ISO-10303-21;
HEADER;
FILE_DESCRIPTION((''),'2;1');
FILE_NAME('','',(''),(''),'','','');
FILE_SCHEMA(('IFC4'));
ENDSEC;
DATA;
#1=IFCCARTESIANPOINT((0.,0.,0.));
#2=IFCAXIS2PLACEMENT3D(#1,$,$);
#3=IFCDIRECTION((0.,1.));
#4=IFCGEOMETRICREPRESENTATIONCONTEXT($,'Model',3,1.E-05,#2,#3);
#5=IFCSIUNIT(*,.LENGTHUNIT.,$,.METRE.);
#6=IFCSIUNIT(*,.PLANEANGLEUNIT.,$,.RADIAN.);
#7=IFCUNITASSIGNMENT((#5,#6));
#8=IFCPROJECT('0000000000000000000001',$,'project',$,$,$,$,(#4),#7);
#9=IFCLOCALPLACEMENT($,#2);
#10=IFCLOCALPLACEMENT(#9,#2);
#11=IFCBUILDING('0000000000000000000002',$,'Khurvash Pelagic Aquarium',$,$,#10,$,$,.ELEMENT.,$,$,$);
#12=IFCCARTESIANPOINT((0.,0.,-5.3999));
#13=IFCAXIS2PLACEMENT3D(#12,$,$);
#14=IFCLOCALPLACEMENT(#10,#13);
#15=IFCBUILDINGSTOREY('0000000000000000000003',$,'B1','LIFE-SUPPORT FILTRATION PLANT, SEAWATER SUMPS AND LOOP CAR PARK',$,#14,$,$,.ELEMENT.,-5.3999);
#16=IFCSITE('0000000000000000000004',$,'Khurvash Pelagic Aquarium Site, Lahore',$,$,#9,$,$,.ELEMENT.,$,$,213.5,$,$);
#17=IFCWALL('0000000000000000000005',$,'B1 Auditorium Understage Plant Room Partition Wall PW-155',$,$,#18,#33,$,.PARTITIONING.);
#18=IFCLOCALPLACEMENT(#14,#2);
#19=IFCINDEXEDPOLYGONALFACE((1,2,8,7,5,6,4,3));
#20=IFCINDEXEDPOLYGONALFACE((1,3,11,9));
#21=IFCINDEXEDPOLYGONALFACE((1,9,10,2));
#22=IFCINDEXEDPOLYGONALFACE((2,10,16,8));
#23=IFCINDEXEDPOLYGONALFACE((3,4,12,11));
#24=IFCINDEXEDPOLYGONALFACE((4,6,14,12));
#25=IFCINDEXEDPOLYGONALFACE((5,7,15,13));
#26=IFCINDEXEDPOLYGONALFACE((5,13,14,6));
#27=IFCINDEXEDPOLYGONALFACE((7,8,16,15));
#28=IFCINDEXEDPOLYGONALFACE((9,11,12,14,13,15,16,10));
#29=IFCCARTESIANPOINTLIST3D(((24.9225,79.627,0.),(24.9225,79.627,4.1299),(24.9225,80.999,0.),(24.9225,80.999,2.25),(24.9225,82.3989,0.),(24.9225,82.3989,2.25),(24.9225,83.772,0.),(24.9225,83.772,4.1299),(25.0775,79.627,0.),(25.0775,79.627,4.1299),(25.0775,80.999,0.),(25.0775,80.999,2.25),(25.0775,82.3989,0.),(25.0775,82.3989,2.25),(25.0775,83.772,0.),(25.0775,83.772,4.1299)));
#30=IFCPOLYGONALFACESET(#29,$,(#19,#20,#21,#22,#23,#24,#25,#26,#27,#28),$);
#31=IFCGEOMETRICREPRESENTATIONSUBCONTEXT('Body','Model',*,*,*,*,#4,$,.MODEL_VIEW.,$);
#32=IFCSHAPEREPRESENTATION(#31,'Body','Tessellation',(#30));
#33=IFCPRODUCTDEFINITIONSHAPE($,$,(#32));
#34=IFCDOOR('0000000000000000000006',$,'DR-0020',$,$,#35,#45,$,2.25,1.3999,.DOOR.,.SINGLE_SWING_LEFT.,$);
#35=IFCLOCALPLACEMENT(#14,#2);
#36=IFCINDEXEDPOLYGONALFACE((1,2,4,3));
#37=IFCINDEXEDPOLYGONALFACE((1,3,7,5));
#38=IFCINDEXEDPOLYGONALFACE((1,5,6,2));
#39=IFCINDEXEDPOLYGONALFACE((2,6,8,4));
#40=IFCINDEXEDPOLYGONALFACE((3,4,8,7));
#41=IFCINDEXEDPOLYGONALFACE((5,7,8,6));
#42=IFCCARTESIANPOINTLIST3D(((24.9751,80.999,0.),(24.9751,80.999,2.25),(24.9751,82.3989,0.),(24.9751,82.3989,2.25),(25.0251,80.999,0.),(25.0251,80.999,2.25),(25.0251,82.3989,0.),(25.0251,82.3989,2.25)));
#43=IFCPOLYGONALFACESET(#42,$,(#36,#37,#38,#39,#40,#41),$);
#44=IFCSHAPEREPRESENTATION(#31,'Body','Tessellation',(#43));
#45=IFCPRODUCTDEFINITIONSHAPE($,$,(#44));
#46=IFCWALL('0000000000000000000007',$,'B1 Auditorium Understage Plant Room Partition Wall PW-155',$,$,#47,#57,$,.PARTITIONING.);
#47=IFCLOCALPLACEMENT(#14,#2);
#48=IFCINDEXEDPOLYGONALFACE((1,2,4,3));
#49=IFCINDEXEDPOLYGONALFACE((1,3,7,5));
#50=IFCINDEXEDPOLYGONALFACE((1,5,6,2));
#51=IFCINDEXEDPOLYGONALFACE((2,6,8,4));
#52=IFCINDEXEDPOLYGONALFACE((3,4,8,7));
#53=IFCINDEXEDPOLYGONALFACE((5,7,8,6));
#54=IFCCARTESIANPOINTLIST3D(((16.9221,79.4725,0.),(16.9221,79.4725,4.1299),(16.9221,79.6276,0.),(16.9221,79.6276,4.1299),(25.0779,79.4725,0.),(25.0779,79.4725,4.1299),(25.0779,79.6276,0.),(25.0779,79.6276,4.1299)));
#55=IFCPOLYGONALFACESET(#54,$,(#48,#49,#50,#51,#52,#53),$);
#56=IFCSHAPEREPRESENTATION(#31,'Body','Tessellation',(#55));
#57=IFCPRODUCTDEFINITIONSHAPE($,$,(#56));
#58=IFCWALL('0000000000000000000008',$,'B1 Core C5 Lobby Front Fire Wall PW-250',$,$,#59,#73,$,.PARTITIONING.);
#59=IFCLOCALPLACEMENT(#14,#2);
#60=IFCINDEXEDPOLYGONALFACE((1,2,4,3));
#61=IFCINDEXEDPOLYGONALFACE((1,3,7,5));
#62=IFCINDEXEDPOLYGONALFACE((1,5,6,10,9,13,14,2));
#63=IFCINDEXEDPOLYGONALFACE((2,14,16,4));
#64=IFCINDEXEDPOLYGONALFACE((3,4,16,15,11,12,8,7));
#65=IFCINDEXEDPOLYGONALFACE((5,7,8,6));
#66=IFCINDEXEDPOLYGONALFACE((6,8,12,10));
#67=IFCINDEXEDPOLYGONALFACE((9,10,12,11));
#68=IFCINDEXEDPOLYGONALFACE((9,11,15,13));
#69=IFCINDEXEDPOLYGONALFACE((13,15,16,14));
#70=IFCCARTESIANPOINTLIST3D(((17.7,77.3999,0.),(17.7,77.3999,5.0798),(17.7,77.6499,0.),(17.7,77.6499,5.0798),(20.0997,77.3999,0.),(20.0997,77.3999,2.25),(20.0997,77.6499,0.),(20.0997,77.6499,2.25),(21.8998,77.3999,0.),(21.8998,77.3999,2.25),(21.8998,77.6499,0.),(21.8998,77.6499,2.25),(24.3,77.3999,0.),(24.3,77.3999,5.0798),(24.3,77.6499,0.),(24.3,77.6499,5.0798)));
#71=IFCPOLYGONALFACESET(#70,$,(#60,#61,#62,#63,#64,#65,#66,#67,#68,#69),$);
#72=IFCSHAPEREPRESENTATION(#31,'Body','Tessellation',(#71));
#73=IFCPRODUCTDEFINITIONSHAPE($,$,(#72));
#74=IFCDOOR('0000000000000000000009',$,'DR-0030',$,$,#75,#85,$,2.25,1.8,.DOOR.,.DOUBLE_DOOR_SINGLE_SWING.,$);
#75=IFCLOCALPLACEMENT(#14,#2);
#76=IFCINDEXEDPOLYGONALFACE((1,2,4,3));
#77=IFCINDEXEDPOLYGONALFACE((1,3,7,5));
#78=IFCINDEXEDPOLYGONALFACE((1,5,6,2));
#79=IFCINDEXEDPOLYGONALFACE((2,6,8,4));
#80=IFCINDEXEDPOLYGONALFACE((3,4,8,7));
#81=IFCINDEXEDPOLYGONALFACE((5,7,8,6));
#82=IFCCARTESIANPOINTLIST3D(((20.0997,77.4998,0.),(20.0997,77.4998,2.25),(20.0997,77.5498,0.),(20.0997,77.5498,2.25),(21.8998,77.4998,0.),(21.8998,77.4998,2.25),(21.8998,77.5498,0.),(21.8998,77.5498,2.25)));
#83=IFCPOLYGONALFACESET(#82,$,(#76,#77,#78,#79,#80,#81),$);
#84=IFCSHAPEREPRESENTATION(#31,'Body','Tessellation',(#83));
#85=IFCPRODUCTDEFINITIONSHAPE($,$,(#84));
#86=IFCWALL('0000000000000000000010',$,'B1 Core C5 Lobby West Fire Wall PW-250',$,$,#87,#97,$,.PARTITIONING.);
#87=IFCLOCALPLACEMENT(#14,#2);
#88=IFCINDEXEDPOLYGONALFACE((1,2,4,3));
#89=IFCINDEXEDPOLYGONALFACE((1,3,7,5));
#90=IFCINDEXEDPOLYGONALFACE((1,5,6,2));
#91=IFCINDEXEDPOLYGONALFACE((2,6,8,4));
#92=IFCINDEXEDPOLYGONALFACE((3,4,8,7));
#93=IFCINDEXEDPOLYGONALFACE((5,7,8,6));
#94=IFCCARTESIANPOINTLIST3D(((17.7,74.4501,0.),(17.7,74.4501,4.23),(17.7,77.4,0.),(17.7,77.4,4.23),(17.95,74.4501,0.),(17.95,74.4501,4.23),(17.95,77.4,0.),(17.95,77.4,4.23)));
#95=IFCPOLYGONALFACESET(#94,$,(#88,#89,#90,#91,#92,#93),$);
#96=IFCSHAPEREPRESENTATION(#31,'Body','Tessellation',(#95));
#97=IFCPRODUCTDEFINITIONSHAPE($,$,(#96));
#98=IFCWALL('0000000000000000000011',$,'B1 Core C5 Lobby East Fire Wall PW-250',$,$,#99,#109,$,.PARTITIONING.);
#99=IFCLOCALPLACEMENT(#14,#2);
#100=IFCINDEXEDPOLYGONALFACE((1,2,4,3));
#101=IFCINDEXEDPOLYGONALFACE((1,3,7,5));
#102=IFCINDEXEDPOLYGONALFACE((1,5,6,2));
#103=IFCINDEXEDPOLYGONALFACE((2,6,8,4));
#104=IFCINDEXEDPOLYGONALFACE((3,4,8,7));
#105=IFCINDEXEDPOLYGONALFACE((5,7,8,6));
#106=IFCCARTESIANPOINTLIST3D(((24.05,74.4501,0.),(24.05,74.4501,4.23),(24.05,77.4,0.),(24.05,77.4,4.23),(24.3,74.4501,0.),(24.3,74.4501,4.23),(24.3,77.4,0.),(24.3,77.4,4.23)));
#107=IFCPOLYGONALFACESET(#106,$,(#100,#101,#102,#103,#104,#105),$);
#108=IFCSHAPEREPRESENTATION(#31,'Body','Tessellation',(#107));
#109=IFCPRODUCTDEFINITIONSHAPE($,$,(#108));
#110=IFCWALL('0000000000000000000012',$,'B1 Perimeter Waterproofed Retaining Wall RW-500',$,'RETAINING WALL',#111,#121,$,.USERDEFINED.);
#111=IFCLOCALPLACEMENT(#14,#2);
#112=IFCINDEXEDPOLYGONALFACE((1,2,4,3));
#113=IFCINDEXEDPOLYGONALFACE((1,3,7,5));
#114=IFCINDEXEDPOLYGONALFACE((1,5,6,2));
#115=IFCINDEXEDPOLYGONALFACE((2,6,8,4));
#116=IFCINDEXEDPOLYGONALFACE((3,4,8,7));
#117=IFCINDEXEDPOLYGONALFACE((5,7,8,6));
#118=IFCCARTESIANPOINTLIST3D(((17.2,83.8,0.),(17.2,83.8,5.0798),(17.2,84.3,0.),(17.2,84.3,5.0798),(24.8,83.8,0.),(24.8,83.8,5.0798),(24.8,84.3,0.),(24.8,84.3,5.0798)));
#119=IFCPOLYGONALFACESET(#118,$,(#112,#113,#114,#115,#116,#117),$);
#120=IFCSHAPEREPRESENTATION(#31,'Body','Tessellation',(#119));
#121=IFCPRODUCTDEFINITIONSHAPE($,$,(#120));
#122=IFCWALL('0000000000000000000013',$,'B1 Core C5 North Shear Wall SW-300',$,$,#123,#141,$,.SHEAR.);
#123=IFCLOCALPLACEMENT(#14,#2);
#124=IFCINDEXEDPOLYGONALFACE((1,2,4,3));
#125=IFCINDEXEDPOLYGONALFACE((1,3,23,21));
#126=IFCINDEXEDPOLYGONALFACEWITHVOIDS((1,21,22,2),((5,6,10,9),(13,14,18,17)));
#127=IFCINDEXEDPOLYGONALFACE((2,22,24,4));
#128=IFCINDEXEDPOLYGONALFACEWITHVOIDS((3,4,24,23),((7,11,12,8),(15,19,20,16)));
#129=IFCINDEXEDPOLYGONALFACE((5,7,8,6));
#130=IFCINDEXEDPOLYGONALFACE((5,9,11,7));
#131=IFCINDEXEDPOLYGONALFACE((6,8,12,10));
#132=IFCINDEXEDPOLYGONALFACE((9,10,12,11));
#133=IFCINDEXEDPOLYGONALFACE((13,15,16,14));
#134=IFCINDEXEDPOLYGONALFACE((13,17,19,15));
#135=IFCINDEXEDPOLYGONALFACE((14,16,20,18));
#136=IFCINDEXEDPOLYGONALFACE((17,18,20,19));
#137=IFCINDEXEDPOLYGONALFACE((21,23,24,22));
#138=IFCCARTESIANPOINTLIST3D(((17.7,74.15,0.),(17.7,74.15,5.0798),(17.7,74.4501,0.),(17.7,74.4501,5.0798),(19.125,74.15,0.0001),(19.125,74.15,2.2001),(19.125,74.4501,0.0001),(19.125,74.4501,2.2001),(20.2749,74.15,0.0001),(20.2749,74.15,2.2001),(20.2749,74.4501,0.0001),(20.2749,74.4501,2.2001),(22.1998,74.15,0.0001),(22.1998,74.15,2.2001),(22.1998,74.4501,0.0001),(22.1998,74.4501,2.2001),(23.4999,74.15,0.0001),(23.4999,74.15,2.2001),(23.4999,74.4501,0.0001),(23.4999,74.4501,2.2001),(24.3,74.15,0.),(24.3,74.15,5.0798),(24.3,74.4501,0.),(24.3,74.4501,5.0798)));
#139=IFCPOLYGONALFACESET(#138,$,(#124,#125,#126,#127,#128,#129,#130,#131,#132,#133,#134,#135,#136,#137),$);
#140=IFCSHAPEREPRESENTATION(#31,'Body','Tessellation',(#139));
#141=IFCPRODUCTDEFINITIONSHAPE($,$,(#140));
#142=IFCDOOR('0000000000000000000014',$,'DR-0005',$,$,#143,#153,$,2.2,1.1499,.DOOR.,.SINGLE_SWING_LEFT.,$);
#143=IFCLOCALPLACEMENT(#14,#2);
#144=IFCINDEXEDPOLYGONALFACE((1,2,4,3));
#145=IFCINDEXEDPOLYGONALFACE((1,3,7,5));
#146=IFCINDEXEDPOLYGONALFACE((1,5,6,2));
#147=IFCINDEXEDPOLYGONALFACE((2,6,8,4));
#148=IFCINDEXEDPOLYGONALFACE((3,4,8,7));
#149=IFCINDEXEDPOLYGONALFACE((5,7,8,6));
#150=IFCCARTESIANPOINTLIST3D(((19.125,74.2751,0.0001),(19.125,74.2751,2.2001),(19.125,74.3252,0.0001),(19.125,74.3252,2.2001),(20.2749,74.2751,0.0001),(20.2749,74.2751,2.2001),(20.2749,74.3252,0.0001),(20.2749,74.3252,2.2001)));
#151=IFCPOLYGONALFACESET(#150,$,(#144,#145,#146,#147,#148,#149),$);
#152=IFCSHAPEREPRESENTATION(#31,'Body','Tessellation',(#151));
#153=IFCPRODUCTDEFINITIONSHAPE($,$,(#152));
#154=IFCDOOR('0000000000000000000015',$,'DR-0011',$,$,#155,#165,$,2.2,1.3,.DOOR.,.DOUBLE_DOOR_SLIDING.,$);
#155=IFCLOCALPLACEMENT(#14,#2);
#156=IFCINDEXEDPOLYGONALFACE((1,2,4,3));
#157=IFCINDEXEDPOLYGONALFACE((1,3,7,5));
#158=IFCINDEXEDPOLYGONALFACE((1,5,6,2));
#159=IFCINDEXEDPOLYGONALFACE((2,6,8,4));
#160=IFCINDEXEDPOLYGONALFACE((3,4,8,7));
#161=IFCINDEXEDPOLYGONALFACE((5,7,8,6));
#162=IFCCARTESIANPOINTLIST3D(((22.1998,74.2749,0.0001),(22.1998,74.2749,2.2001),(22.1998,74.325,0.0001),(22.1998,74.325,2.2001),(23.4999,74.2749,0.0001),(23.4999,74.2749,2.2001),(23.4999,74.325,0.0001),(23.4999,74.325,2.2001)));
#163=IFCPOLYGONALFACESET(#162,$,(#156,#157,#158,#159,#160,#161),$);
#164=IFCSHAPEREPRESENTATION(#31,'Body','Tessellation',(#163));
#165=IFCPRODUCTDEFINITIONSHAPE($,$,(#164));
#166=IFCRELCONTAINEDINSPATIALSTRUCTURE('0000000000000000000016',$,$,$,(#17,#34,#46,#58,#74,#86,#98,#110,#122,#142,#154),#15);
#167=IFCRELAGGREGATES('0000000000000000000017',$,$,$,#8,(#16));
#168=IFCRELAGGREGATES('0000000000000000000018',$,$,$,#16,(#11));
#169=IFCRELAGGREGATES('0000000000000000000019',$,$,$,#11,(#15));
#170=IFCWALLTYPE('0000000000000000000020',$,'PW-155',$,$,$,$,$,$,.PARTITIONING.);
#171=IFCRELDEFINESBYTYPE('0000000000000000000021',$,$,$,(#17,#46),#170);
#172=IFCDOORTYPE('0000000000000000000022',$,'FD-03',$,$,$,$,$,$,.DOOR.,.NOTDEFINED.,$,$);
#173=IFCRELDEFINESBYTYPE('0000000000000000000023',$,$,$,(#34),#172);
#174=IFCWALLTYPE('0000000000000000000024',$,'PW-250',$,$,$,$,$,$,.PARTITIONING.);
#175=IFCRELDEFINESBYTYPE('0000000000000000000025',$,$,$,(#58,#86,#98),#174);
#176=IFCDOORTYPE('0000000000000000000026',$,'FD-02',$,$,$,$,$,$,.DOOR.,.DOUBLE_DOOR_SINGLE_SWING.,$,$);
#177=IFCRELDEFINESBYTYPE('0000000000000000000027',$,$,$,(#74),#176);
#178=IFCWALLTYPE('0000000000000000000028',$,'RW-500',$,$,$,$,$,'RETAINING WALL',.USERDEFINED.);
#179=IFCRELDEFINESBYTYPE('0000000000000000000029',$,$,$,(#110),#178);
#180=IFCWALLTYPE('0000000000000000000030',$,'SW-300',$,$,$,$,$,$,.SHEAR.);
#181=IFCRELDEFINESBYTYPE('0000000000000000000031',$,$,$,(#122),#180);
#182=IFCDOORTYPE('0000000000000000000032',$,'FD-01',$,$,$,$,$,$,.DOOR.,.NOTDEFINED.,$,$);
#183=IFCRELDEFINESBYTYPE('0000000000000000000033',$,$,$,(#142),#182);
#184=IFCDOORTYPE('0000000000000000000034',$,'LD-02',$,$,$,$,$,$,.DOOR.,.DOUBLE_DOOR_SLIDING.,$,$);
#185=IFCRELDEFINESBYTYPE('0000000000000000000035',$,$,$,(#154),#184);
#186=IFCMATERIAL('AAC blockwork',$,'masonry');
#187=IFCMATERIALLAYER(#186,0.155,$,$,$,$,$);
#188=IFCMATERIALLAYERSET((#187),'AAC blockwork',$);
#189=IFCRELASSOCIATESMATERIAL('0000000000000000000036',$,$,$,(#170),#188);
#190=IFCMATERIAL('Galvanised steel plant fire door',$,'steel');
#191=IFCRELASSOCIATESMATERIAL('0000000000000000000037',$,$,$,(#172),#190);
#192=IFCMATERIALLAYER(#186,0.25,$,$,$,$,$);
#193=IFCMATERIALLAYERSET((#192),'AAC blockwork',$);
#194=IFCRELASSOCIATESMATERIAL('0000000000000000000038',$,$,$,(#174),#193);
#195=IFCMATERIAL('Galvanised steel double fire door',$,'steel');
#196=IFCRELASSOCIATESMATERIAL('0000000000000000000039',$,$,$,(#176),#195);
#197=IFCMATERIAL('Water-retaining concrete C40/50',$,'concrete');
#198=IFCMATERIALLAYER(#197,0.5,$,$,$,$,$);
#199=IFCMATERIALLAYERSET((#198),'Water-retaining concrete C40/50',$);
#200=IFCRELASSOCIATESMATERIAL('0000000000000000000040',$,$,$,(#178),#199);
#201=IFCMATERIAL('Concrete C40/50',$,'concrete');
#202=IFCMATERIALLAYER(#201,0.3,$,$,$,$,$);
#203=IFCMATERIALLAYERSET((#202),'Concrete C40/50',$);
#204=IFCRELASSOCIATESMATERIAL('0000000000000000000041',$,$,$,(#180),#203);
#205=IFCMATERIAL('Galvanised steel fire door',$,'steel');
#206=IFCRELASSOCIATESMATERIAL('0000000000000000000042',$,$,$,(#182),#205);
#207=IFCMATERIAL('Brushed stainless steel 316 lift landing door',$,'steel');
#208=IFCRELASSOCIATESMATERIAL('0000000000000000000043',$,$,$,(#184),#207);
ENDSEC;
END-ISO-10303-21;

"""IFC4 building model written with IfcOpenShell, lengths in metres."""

from ifc_helpers import new_model, si_unit, direction, frame, frame_2d, origin, place, context, subcontext, project, spatial, rectangle, extrude, material, layer, layer_set, type_object, element, fill, save


model = new_model("IFC4")

# Units and contexts
model_context = context("Model", 3, precision=1e-05, world=origin(), true_north=direction((0.0, 1.0)))
body_context = subcontext(model_context, "Body", "Model", "MODEL_VIEW")
ifc_project = project(units=[si_unit("LENGTHUNIT", "METRE"), si_unit("PLANEANGLEUNIT", "RADIAN")], contexts=[model_context])

# Site, building, storey
site_placement = place(None, origin())
site = spatial("IfcSite", under=ifc_project, at=site_placement, Name="Khurvash Pelagic Aquarium Site, Lahore", CompositionType="ELEMENT", RefElevation=213.5)
building_placement = place(site_placement, origin())
building = spatial("IfcBuilding", under=site, at=building_placement, Name="Khurvash Pelagic Aquarium", CompositionType="ELEMENT")
storey_placement = place(building_placement, frame((0.0, 0.0, -5.3999)))
storey = spatial("IfcBuildingStorey", under=building, at=storey_placement, Name="B1", Description="LIFE-SUPPORT FILTRATION PLANT, SEAWATER SUMPS AND LOOP CAR PARK", CompositionType="ELEMENT", Elevation=-5.3999)

# Shared definitions
ifc_material_1 = material(Name="Concrete C40/50", Category="concrete")

# Wall, opening, door
ifc_material_2 = material(Name="AAC blockwork", Category="masonry")
ifc_layer_1 = layer(ifc_material_2, 0.155)
ifc_layer_set_1 = layer_set([ifc_layer_1], Name="AAC blockwork")
wall_type_1 = type_object("IfcWallType", Name="PW-155", PredefinedType="PARTITIONING", material=ifc_layer_set_1)
wall_1_placement = place(storey_placement, frame((25.0, 79.627, 0.0), z_axis=(0.0, 0.0, 1.0), x_axis=(0.0, 1.0, 0.0)))
wall_1 = element("IfcWall", 1, at=wall_1_placement, inside=storey, type_object=wall_type_1, Name="B1 Auditorium Understage Plant Room Partition Wall PW-155", PredefinedType="PARTITIONING", context=body_context, shape_type="SweptSolid", body=[
    extrude(rectangle(XDim=4.145, YDim=0.155, at=frame_2d((2.0725, 0.0))), origin(), (0.0, 0.0, 1.0), 4.1299),
])
opening_1_placement = place(wall_1_placement, frame((1.3721, 0.0, 0.0)))
opening_1 = element("IfcOpeningElement", 2, at=opening_1_placement, cuts=wall_1, PredefinedType="OPENING", context=body_context, shape_type="SweptSolid", body=[
    extrude(rectangle(XDim=1.3999, YDim=2.25, at=frame_2d((0.7, 1.125))), frame((0.0, 0.0874, 0.0), z_axis=(0.0, -1.0, 0.0), x_axis=(1.0, 0.0, 0.0)), (0.0, 0.0, 1.0), 0.175),
])
ifc_material_3 = material(Name="Galvanised steel plant fire door", Category="steel")
door_type_1 = type_object("IfcDoorType", Name="FD-03", OperationType="NOTDEFINED", PredefinedType="DOOR", material=ifc_material_3)
door_1_placement = place(opening_1_placement, origin())
door_1 = element("IfcDoor", 3, at=door_1_placement, inside=storey, type_object=door_type_1, Name="DR-0020", OperationType="SINGLE_SWING_LEFT", OverallHeight=2.25, OverallWidth=1.3999, PredefinedType="DOOR", context=body_context, shape_type="SweptSolid", body=[
    extrude(rectangle(XDim=1.3999, YDim=2.25, at=frame_2d((0.7, 1.125))), frame((0.0, 0.0249, 0.0), z_axis=(0.0, -1.0, 0.0), x_axis=(1.0, 0.0, 0.0)), (0.0, 0.0, 1.0), 0.05),
])
fill(opening_1, door_1)

# Wall
wall_2_placement = place(storey_placement, frame((16.9221, 79.55, 0.0), z_axis=(0.0, 0.0, 1.0), x_axis=(1.0, 0.0, 0.0)))
element("IfcWall", 4, at=wall_2_placement, inside=storey, type_object=wall_type_1, Name="B1 Auditorium Understage Plant Room Partition Wall PW-155", PredefinedType="PARTITIONING", context=body_context, shape_type="SweptSolid", body=[
    extrude(rectangle(XDim=8.1558, YDim=0.155, at=frame_2d((4.0779, 0.0))), origin(), (0.0, 0.0, 1.0), 4.1299),
])

# Wall, opening, door
ifc_layer_2 = layer(ifc_material_2, 0.25)
ifc_layer_set_2 = layer_set([ifc_layer_2], Name="AAC blockwork")
wall_type_2 = type_object("IfcWallType", Name="PW-250", PredefinedType="PARTITIONING", material=ifc_layer_set_2)
wall_3_placement = place(storey_placement, frame((17.7, 77.5249, 0.0), z_axis=(0.0, 0.0, 1.0), x_axis=(1.0, 0.0, 0.0)))
wall_3 = element("IfcWall", 5, at=wall_3_placement, inside=storey, type_object=wall_type_2, Name="B1 Core C5 Lobby Front Fire Wall PW-250", PredefinedType="PARTITIONING", context=body_context, shape_type="SweptSolid", body=[
    extrude(rectangle(XDim=6.6001, YDim=0.25, at=frame_2d((3.3, 0.0))), origin(), (0.0, 0.0, 1.0), 5.0798),
])
opening_2_placement = place(wall_3_placement, frame((2.3999, 0.0, 0.0)))
opening_2 = element("IfcOpeningElement", 6, at=opening_2_placement, cuts=wall_3, PredefinedType="OPENING", context=body_context, shape_type="SweptSolid", body=[
    extrude(rectangle(XDim=1.8, YDim=2.25, at=frame_2d((0.8999, 1.125))), frame((0.0, 0.135, 0.0), z_axis=(0.0, -1.0, 0.0), x_axis=(1.0, 0.0, 0.0)), (0.0, 0.0, 1.0), 0.27),
])
ifc_material_4 = material(Name="Galvanised steel double fire door", Category="steel")
door_type_2 = type_object("IfcDoorType", Name="FD-02", OperationType="DOUBLE_DOOR_SINGLE_SWING", PredefinedType="DOOR", material=ifc_material_4)
door_2_placement = place(opening_2_placement, origin())
door_2 = element("IfcDoor", 7, at=door_2_placement, inside=storey, type_object=door_type_2, Name="DR-0030", OperationType="DOUBLE_DOOR_SINGLE_SWING", OverallHeight=2.25, OverallWidth=1.8, PredefinedType="DOOR", context=body_context, shape_type="SweptSolid", body=[
    extrude(rectangle(XDim=1.8, YDim=2.25, at=frame_2d((0.8999, 1.125))), frame((0.0, 0.0249, 0.0), z_axis=(0.0, -1.0, 0.0), x_axis=(1.0, 0.0, 0.0)), (0.0, 0.0, 1.0), 0.05),
])
fill(opening_2, door_2)

# Walls
for number, where, z_axis, x_axis, name in (
    (8, (17.825, 74.45, 0.0), (0.0, 0.0, 1.0), (0.0, 1.0, 0.0), "B1 Core C5 Lobby West Fire Wall PW-250"),
    (9, (24.175, 74.45, 0.0), (0.0, 0.0, 1.0), (0.0, 1.0, 0.0), "B1 Core C5 Lobby East Fire Wall PW-250"),
):
    element("IfcWall", number, at=place(storey_placement, frame(where, z_axis=z_axis, x_axis=x_axis)), inside=storey, type_object=wall_type_2, Name=name, PredefinedType="PARTITIONING", context=body_context, shape_type="SweptSolid", body=[
        extrude(rectangle(XDim=2.95, YDim=0.25, at=frame_2d((1.4751, 0.0))), origin(), (0.0, 0.0, 1.0), 4.23),
    ])
ifc_material_5 = material(Name="Water-retaining concrete C40/50", Category="concrete")
ifc_layer_3 = layer(ifc_material_5, 0.5)
ifc_layer_set_3 = layer_set([ifc_layer_3], Name="Water-retaining concrete C40/50")
wall_type_3 = type_object("IfcWallType", Name="RW-500", ElementType="RETAINING WALL", PredefinedType="USERDEFINED", material=ifc_layer_set_3)
wall_4_placement = place(storey_placement, frame((17.2, 84.05, 0.0), z_axis=(0.0, 0.0, 1.0), x_axis=(1.0, 0.0, 0.0)))
element("IfcWall", 10, at=wall_4_placement, inside=storey, type_object=wall_type_3, Name="B1 Perimeter Waterproofed Retaining Wall RW-500", ObjectType="RETAINING WALL", PredefinedType="USERDEFINED", context=body_context, shape_type="SweptSolid", body=[
    extrude(rectangle(XDim=7.6001, YDim=0.5, at=frame_2d((3.8, 0.0))), origin(), (0.0, 0.0, 1.0), 5.0798),
])

# Wall, openings, doors
ifc_layer_4 = layer(ifc_material_1, 0.3)
ifc_layer_set_4 = layer_set([ifc_layer_4], Name="Concrete C40/50")
wall_type_4 = type_object("IfcWallType", Name="SW-300", PredefinedType="SHEAR", material=ifc_layer_set_4)
wall_5_placement = place(storey_placement, frame((17.7, 74.3, 0.0), z_axis=(0.0, 0.0, 1.0), x_axis=(1.0, 0.0, 0.0)))
wall_5 = element("IfcWall", 11, at=wall_5_placement, inside=storey, type_object=wall_type_4, Name="B1 Core C5 North Shear Wall SW-300", PredefinedType="SHEAR", context=body_context, shape_type="SweptSolid", body=[
    extrude(rectangle(XDim=6.6001, YDim=0.3, at=frame_2d((3.3, 0.0))), origin(), (0.0, 0.0, 1.0), 5.0798),
])
opening_3_placement = place(wall_5_placement, frame((1.425, 0.0, 0.0)))
opening_3 = element("IfcOpeningElement", 12, at=opening_3_placement, cuts=wall_5, PredefinedType="OPENING", context=body_context, shape_type="SweptSolid", body=[
    extrude(rectangle(XDim=1.1499, YDim=2.2, at=frame_2d((0.575, 1.1001))), frame((0.0, 0.1602, 0.0), z_axis=(0.0, -1.0, 0.0), x_axis=(1.0, 0.0, 0.0)), (0.0, 0.0, 1.0), 0.3201),
])
opening_4_placement = place(wall_5_placement, frame((4.5, 0.0, 0.0)))
opening_4 = element("IfcOpeningElement", 13, at=opening_4_placement, cuts=wall_5, PredefinedType="OPENING", context=body_context, shape_type="SweptSolid", body=[
    extrude(rectangle(XDim=1.3, YDim=2.2, at=frame_2d((0.6499, 1.1001))), frame((0.0, 0.1602, 0.0), z_axis=(0.0, -1.0, 0.0), x_axis=(1.0, 0.0, 0.0)), (0.0, 0.0, 1.0), 0.3201),
])
ifc_material_6 = material(Name="Galvanised steel fire door", Category="steel")
door_type_3 = type_object("IfcDoorType", Name="FD-01", OperationType="NOTDEFINED", PredefinedType="DOOR", material=ifc_material_6)
door_3_placement = place(opening_3_placement, frame((1.1499, 0.0, 0.0), z_axis=(0.0, 0.0, 1.0), x_axis=(-1.0, 0.0, 0.0)))
door_3 = element("IfcDoor", 14, at=door_3_placement, inside=storey, type_object=door_type_3, Name="DR-0005", OperationType="SINGLE_SWING_LEFT", OverallHeight=2.2, OverallWidth=1.1499, PredefinedType="DOOR", context=body_context, shape_type="SweptSolid", body=[
    extrude(rectangle(XDim=1.1499, YDim=2.2, at=frame_2d((0.575, 1.1001))), frame((0.0, 0.0249, 0.0), z_axis=(0.0, -1.0, 0.0), x_axis=(1.0, 0.0, 0.0)), (0.0, 0.0, 1.0), 0.05),
])
fill(opening_3, door_3)
ifc_material_7 = material(Name="Brushed stainless steel 316 lift landing door", Category="steel")
door_type_4 = type_object("IfcDoorType", Name="LD-02", OperationType="DOUBLE_DOOR_SLIDING", PredefinedType="DOOR", material=ifc_material_7)
door_4_placement = place(opening_4_placement, origin())
door_4 = element("IfcDoor", 15, at=door_4_placement, inside=storey, type_object=door_type_4, Name="DR-0011", OperationType="DOUBLE_DOOR_SLIDING", OverallHeight=2.2, OverallWidth=1.3, PredefinedType="DOOR", context=body_context, shape_type="SweptSolid", body=[
    extrude(rectangle(XDim=1.3, YDim=2.2, at=frame_2d((0.6499, 1.1001))), frame((0.0, 0.0249, 0.0), z_axis=(0.0, -1.0, 0.0), x_axis=(1.0, 0.0, 0.0)), (0.0, 0.0, 1.0), 0.05),
])
fill(opening_4, door_4)

save(model, "model.ifc")
